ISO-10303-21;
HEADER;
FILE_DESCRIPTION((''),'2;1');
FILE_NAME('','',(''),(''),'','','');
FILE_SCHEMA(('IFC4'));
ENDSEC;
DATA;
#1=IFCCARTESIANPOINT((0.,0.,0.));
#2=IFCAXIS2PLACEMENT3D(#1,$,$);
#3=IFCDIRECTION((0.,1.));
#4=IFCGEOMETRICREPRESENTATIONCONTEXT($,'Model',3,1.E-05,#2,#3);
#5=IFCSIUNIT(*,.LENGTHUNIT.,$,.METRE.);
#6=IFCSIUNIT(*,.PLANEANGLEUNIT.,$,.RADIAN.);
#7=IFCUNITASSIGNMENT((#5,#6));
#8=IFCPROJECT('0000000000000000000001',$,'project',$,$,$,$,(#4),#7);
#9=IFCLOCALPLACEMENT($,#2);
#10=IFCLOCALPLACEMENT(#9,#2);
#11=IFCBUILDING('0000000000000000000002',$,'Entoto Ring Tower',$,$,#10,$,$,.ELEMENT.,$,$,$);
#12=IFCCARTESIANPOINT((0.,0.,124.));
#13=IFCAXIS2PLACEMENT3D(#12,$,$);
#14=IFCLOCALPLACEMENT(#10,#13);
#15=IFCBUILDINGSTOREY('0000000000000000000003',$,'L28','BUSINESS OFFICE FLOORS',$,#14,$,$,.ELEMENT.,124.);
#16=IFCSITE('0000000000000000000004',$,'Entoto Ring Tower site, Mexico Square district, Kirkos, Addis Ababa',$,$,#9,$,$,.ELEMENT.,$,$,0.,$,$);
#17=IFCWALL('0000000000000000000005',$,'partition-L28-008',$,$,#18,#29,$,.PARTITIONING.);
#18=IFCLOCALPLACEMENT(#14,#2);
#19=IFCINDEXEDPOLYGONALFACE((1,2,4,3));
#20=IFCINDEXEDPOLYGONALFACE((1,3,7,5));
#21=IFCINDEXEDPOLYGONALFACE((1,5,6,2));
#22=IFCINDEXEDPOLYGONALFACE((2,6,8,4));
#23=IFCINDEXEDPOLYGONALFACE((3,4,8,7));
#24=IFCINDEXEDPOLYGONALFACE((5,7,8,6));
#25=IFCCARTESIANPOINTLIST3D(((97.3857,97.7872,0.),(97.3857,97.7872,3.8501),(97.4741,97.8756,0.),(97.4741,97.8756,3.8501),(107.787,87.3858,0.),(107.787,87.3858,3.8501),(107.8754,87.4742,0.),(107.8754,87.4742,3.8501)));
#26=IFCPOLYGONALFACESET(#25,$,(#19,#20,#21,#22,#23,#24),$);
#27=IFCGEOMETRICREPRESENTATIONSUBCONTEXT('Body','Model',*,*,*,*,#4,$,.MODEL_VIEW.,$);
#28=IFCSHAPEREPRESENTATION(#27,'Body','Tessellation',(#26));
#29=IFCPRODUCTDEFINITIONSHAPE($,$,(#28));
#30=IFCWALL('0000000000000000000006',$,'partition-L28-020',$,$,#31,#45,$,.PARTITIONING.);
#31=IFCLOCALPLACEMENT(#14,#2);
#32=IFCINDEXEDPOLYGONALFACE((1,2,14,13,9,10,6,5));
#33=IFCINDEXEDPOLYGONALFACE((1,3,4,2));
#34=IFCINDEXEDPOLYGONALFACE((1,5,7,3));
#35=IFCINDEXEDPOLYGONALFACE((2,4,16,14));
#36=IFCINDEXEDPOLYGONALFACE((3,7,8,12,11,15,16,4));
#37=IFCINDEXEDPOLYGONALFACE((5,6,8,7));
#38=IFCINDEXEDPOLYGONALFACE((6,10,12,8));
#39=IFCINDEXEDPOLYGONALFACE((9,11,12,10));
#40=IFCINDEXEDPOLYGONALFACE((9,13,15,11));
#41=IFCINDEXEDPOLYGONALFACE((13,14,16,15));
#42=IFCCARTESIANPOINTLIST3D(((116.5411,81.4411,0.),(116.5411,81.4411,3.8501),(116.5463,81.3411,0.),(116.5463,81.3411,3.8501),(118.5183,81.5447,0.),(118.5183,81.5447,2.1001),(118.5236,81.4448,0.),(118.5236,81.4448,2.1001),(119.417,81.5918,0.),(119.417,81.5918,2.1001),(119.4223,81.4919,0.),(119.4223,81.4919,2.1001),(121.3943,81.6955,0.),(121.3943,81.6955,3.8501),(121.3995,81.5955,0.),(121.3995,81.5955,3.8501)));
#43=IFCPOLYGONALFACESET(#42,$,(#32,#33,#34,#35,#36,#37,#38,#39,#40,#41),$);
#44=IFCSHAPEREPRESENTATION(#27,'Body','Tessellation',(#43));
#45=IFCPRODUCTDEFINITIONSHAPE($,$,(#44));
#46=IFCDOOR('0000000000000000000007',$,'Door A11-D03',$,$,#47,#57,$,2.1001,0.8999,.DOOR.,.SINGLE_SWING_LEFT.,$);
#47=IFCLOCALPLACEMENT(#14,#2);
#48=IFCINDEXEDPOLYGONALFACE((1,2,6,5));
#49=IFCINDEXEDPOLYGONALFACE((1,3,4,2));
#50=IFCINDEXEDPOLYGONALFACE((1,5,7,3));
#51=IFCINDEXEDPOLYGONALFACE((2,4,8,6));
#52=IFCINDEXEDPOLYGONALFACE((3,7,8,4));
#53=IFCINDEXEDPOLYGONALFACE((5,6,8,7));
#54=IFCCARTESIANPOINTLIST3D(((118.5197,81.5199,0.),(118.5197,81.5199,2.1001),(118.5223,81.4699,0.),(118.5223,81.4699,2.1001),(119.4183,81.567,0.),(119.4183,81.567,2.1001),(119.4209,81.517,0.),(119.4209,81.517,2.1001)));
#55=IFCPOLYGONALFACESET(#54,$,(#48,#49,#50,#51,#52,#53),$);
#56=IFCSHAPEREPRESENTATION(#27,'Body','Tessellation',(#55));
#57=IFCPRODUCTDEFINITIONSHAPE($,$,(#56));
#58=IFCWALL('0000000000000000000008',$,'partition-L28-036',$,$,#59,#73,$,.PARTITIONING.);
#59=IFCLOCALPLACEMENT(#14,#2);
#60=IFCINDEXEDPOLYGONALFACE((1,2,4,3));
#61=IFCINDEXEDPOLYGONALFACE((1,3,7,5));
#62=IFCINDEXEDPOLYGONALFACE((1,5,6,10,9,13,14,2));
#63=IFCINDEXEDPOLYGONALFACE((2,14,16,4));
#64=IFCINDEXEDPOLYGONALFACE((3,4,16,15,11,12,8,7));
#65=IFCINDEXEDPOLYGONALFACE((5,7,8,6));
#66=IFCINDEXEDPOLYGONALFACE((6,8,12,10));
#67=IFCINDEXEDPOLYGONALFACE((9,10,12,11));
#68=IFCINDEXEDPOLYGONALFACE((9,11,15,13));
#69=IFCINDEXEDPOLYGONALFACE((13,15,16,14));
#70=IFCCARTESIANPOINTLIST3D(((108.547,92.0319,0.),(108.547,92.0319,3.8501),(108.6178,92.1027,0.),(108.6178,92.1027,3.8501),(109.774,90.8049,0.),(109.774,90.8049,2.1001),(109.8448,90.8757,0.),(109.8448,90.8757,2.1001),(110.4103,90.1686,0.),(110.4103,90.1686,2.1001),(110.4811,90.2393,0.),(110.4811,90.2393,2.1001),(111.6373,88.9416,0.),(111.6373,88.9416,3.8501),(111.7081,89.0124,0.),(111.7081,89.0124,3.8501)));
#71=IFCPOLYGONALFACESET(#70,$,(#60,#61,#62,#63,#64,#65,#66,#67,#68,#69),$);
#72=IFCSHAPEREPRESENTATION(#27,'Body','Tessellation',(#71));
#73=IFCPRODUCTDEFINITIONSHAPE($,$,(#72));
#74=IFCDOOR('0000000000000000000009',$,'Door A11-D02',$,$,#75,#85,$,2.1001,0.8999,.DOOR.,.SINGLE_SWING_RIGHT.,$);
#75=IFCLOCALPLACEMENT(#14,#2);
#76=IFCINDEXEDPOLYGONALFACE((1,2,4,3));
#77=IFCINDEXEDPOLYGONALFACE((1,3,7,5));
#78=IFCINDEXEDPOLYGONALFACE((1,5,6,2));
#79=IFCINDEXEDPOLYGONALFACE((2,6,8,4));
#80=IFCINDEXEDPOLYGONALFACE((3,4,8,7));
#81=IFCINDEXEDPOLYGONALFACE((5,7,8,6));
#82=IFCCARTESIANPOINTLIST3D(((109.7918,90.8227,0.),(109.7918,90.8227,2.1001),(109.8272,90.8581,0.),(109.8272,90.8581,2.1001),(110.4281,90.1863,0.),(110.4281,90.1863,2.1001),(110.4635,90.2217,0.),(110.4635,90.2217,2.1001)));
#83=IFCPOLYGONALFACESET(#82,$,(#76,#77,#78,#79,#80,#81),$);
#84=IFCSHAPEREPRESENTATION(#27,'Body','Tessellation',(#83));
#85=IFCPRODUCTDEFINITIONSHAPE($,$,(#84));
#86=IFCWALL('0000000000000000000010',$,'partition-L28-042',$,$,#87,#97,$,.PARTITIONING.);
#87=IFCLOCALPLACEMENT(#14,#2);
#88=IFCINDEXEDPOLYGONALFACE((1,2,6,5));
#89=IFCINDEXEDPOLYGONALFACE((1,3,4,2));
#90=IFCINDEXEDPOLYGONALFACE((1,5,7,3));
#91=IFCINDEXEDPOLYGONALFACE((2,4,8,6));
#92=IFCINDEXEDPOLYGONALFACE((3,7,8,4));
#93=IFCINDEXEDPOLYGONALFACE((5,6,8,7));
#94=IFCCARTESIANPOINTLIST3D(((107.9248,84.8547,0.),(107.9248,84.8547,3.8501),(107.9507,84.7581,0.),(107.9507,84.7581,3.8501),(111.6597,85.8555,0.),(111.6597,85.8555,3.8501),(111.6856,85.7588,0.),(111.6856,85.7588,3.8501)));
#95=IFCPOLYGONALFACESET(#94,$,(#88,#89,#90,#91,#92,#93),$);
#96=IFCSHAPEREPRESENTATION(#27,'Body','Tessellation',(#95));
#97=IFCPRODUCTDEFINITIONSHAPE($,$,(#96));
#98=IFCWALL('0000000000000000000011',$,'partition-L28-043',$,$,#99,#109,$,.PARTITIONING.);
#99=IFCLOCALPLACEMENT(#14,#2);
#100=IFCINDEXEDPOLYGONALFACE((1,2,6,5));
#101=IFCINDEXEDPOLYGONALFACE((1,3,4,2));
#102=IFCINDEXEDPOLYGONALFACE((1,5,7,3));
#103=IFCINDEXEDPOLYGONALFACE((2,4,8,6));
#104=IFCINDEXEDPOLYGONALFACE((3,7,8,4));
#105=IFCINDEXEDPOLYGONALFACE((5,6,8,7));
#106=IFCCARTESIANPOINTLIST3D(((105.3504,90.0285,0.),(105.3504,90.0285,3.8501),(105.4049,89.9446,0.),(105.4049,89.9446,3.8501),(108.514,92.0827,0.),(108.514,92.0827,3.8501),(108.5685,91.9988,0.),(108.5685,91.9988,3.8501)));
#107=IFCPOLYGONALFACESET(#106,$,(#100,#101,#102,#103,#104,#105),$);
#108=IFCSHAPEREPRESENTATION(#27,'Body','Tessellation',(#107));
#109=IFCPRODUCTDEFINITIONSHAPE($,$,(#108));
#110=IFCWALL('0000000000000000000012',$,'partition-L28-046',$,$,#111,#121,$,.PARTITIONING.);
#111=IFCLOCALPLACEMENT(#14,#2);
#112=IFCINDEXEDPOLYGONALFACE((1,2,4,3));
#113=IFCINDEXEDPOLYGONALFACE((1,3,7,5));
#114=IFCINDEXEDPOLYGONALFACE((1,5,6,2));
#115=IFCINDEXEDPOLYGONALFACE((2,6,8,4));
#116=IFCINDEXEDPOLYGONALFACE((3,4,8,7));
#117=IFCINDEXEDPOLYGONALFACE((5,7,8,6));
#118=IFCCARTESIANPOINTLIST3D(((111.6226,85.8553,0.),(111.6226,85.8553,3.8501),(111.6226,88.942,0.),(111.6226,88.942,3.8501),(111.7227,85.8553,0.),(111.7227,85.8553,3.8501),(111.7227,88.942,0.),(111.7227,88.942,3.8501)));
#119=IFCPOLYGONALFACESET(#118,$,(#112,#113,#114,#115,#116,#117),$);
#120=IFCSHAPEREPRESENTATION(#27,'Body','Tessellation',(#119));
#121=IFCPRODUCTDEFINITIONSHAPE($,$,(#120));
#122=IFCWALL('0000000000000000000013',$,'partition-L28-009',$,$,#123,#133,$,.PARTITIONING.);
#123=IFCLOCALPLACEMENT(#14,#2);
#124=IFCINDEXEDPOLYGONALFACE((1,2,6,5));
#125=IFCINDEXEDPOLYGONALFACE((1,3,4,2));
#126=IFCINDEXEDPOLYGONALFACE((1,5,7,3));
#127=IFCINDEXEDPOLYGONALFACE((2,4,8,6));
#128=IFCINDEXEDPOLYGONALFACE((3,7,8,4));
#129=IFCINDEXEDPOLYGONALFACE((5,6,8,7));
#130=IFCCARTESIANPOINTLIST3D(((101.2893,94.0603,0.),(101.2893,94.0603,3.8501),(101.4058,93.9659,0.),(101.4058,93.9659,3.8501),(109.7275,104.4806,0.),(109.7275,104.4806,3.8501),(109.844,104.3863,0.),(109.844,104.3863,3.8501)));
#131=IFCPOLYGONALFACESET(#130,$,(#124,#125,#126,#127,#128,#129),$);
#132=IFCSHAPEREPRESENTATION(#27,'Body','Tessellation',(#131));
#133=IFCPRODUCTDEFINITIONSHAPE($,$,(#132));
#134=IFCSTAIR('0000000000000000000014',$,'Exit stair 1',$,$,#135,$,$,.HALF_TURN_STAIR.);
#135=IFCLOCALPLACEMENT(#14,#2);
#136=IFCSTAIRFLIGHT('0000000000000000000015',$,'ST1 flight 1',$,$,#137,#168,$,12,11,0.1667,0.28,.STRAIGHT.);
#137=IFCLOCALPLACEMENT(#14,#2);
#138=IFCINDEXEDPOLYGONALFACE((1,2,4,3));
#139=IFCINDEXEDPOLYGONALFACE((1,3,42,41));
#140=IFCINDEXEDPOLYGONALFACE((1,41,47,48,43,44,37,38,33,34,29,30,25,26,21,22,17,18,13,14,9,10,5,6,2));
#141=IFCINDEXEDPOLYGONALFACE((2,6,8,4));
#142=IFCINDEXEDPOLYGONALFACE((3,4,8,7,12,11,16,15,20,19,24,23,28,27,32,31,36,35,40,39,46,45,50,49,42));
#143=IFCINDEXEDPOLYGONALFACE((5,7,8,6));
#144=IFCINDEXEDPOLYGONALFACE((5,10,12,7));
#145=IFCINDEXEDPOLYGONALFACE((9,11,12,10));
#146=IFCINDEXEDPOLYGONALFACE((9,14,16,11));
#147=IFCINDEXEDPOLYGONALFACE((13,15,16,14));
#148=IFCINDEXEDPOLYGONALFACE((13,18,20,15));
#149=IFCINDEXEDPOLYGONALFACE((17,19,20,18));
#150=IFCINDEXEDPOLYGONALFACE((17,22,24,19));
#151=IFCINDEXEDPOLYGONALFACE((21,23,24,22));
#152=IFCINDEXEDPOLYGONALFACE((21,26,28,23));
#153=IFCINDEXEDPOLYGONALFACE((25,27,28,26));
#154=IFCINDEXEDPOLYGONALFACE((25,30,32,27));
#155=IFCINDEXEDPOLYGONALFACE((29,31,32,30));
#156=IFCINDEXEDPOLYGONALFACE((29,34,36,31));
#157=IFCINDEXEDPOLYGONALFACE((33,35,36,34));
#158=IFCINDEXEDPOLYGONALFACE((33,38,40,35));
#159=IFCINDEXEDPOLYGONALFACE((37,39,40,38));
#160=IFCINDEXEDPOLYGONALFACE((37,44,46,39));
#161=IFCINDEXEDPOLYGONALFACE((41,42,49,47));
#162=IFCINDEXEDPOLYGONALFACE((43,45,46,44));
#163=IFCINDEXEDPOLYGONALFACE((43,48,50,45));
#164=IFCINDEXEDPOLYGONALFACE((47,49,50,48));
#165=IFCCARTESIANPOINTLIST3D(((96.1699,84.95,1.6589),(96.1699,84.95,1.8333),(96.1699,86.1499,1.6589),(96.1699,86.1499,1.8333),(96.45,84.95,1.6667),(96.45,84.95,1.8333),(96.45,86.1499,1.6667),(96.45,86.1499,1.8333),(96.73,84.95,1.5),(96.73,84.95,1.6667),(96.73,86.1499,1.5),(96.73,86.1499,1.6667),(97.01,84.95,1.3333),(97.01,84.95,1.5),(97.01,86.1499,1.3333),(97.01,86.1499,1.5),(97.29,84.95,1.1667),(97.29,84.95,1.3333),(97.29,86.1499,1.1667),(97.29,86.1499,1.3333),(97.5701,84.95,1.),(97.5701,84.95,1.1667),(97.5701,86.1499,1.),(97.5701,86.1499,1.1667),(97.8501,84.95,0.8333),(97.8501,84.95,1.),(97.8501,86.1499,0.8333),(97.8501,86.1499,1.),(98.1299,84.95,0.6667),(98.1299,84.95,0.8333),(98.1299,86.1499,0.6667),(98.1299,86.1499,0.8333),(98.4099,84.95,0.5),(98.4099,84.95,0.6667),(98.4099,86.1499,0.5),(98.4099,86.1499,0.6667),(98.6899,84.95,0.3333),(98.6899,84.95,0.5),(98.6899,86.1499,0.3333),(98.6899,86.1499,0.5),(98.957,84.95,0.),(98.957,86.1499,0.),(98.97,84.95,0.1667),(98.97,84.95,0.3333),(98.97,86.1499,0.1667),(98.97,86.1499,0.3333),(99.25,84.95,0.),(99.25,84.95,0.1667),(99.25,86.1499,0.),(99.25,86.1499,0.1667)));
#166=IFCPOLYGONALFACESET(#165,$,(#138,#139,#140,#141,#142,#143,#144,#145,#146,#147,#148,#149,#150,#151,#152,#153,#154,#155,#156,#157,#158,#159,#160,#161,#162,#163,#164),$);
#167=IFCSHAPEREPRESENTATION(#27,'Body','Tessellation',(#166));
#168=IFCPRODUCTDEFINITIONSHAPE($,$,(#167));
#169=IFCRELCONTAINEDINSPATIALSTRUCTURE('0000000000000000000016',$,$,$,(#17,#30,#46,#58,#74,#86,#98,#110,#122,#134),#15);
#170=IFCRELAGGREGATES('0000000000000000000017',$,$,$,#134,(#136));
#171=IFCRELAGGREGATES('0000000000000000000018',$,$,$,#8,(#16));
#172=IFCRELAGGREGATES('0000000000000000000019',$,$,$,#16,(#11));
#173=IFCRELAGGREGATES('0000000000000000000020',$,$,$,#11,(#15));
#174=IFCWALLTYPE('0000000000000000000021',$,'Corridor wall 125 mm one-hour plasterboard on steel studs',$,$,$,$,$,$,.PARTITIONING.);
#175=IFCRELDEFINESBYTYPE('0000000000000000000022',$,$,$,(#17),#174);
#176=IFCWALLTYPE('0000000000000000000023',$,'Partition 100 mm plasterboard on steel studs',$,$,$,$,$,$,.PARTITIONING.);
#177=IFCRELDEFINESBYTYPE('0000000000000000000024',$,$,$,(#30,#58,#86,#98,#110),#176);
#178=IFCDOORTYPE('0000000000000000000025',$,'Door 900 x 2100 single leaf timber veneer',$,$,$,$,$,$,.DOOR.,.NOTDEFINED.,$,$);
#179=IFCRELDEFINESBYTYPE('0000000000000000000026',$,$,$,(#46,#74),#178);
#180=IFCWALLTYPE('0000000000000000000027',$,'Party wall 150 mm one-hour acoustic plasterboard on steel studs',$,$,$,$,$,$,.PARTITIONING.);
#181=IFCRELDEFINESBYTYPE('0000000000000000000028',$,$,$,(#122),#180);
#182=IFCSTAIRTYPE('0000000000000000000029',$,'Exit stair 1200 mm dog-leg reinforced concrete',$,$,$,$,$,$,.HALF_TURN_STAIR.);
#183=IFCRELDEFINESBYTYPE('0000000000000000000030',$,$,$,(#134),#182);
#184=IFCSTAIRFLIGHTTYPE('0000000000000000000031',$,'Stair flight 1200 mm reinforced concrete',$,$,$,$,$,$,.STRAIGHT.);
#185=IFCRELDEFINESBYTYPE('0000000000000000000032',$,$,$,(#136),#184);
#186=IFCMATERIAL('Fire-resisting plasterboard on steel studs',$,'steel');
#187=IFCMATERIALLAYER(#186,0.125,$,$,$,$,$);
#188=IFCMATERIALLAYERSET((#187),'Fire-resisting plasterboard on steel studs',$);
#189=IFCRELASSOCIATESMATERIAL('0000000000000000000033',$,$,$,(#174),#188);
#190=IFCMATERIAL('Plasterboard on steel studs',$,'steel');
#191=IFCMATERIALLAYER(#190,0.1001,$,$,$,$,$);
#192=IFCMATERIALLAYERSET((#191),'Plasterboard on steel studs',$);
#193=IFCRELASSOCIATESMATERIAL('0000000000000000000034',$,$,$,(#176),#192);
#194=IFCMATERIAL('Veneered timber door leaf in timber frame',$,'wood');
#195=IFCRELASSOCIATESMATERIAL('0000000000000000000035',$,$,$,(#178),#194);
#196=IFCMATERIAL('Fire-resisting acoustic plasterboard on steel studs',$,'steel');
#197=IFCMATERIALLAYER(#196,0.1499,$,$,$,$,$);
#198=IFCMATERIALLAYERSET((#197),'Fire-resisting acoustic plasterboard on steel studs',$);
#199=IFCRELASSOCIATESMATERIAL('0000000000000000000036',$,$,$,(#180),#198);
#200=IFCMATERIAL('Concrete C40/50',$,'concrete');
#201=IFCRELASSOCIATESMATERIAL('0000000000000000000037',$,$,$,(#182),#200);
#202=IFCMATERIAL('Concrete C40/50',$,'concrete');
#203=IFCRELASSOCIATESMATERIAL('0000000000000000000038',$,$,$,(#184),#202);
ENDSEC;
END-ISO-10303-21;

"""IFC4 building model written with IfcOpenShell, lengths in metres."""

from ifc_helpers import new_model, si_unit, direction, frame, frame_2d, origin, place, context, subcontext, project, spatial, polyline, rectangle, outline, extrude, material, layer, layer_set, type_object, element, fill, aggregate, save


model = new_model("IFC4")

# Units and contexts
model_context = context("Model", 3, precision=1e-05, world=origin(), true_north=direction((0.0, 1.0)))
body_context = subcontext(model_context, "Body", "Model", "MODEL_VIEW")
ifc_project = project(units=[si_unit("LENGTHUNIT", "METRE"), si_unit("PLANEANGLEUNIT", "RADIAN")], contexts=[model_context])

# Site, building, storey
site_placement = place(None, origin())
site = spatial("IfcSite", under=ifc_project, at=site_placement, Name="Entoto Ring Tower site, Mexico Square district, Kirkos, Addis Ababa", CompositionType="ELEMENT", RefElevation=0.0)
building_placement = place(site_placement, origin())
building = spatial("IfcBuilding", under=site, at=building_placement, Name="Entoto Ring Tower", CompositionType="ELEMENT")
storey_placement = place(building_placement, frame((0.0, 0.0, 124.0)))
storey = spatial("IfcBuildingStorey", under=building, at=storey_placement, Name="L28", Description="BUSINESS OFFICE FLOORS", CompositionType="ELEMENT", Elevation=124.0)

# Wall
ifc_material_1 = material(Name="Fire-resisting plasterboard on steel studs", Category="steel")
ifc_layer_1 = layer(ifc_material_1, 0.125)
ifc_layer_set_1 = layer_set([ifc_layer_1], Name="Fire-resisting plasterboard on steel studs")
wall_type_1 = type_object("IfcWallType", Name="Corridor wall 125 mm one-hour plasterboard on steel studs", PredefinedType="PARTITIONING", material=ifc_layer_set_1)
wall_1_placement = place(storey_placement, frame((107.8313, 87.4299, 0.0), z_axis=(0.0, 0.0, 1.0), x_axis=(-0.707107, 0.707107, 0.0)))
element("IfcWall", 1, at=wall_1_placement, inside=storey, type_object=wall_type_1, Name="partition-L28-008", PredefinedType="PARTITIONING", context=body_context, shape_type="SweptSolid", body=[
    extrude(rectangle(XDim=14.7097, YDim=0.125, at=frame_2d((7.355, 0.0))), origin(), (0.0, 0.0, 1.0), 3.8501),
])

# Walls, openings, doors
ifc_material_2 = material(Name="Plasterboard on steel studs", Category="steel")
ifc_layer_2 = layer(ifc_material_2, 0.1001)
ifc_layer_set_2 = layer_set([ifc_layer_2], Name="Plasterboard on steel studs")
wall_type_2 = type_object("IfcWallType", Name="Partition 100 mm plasterboard on steel studs", PredefinedType="PARTITIONING", material=ifc_layer_set_2)
wall_2_placement = place(storey_placement, frame((116.5437, 81.3911, 0.0), z_axis=(0.0, 0.0, 1.0), x_axis=(0.998629, 0.052345, 0.0)))
wall_2 = element("IfcWall", 2, at=wall_2_placement, inside=storey, type_object=wall_type_2, Name="partition-L28-020", PredefinedType="PARTITIONING", context=body_context, shape_type="SweptSolid", body=[
    extrude(rectangle(XDim=4.8599, YDim=0.1001, at=frame_2d((2.4299, 0.0))), origin(), (0.0, 0.0, 1.0), 3.8501),
])
opening_1_placement = place(wall_2_placement, frame((1.98, 0.0, 0.0)))
opening_1 = element("IfcOpeningElement", 3, at=opening_1_placement, cuts=wall_2, PredefinedType="OPENING", context=body_context, shape_type="SweptSolid", body=[
    extrude(rectangle(XDim=0.8999, YDim=2.1001, at=frame_2d((0.45, 1.05))), frame((0.0, 0.0601, 0.0), z_axis=(0.0, -1.0, 0.0), x_axis=(1.0, 0.0, 0.0)), (0.0, 0.0, 1.0), 0.1201),
])
ifc_material_3 = material(Name="Veneered timber door leaf in timber frame", Category="wood")
door_type_1 = type_object("IfcDoorType", Name="Door 900 x 2100 single leaf timber veneer", OperationType="NOTDEFINED", PredefinedType="DOOR", material=ifc_material_3)
door_1_placement = place(opening_1_placement, frame((0.8999, 0.0, 0.0), z_axis=(0.0, 0.0, 1.0), x_axis=(-1.0, 0.0, 0.0)))
door_1 = element("IfcDoor", 4, at=door_1_placement, inside=storey, type_object=door_type_1, Name="Door A11-D03", OperationType="SINGLE_SWING_LEFT", OverallHeight=2.1001, OverallWidth=0.8999, PredefinedType="DOOR", context=body_context, shape_type="SweptSolid", body=[
    extrude(rectangle(XDim=0.8999, YDim=2.1001, at=frame_2d((0.45, 1.05))), frame((0.0, 0.0249, 0.0), z_axis=(0.0, -1.0, 0.0), x_axis=(1.0, 0.0, 0.0)), (0.0, 0.0, 1.0), 0.05),
])
fill(opening_1, door_1)
wall_3_placement = place(storey_placement, frame((111.6726, 88.9771, 0.0), z_axis=(0.0, 0.0, 1.0), x_axis=(-0.707107, 0.707107, 0.0)))
wall_3 = element("IfcWall", 5, at=wall_3_placement, inside=storey, type_object=wall_type_2, Name="partition-L28-036", PredefinedType="PARTITIONING", context=body_context, shape_type="SweptSolid", body=[
    extrude(rectangle(XDim=4.3704, YDim=0.1001, at=frame_2d((2.1851, 0.0))), origin(), (0.0, 0.0, 1.0), 3.8501),
])
opening_2_placement = place(wall_3_placement, frame((1.7351, 0.0, 0.0)))
opening_2 = element("IfcOpeningElement", 6, at=opening_2_placement, cuts=wall_3, PredefinedType="OPENING", context=body_context, shape_type="SweptSolid", body=[
    extrude(rectangle(XDim=0.8999, YDim=2.1001, at=frame_2d((0.45, 1.05))), frame((0.0, 0.0601, 0.0), z_axis=(0.0, -1.0, 0.0), x_axis=(1.0, 0.0, 0.0)), (0.0, 0.0, 1.0), 0.1201),
])
door_2_placement = place(opening_2_placement, origin())
door_2 = element("IfcDoor", 7, at=door_2_placement, inside=storey, type_object=door_type_1, Name="Door A11-D02", OperationType="SINGLE_SWING_RIGHT", OverallHeight=2.1001, OverallWidth=0.8999, PredefinedType="DOOR", context=body_context, shape_type="SweptSolid", body=[
    extrude(rectangle(XDim=0.8999, YDim=2.1001, at=frame_2d((0.45, 1.05))), frame((0.0, 0.0249, 0.0), z_axis=(0.0, -1.0, 0.0), x_axis=(1.0, 0.0, 0.0)), (0.0, 0.0, 1.0), 0.05),
])
fill(opening_2, door_2)

# Walls
wall_4_placement = place(storey_placement, frame((107.9377, 84.8064, 0.0), z_axis=(0.0, 0.0, 1.0), x_axis=(0.965927, 0.258814, 0.0)))
element("IfcWall", 8, at=wall_4_placement, inside=storey, type_object=wall_type_2, Name="partition-L28-042", PredefinedType="PARTITIONING", context=body_context, shape_type="SweptSolid", body=[
    extrude(rectangle(XDim=3.8667, YDim=0.1001, at=frame_2d((1.9333, 0.0))), origin(), (0.0, 0.0, 1.0), 3.8501),
])
wall_5_placement = place(storey_placement, frame((105.3777, 89.9866, 0.0), z_axis=(0.0, 0.0, 1.0), x_axis=(0.838701, 0.544592, 0.0)))
element("IfcWall", 9, at=wall_5_placement, inside=storey, type_object=wall_type_2, Name="partition-L28-043", PredefinedType="PARTITIONING", context=body_context, shape_type="SweptSolid", body=[
    extrude(rectangle(XDim=3.772, YDim=0.1001, at=frame_2d((1.886, 0.0))), origin(), (0.0, 0.0, 1.0), 3.8501),
])
wall_6_placement = place(storey_placement, frame((111.6726, 85.8552, 0.0), z_axis=(0.0, 0.0, 1.0), x_axis=(0.0, 1.0, 0.0)))
element("IfcWall", 10, at=wall_6_placement, inside=storey, type_object=wall_type_2, Name="partition-L28-046", PredefinedType="PARTITIONING", context=body_context, shape_type="SweptSolid", body=[
    extrude(rectangle(XDim=3.0867, YDim=0.1001, at=frame_2d((1.5435, 0.0))), origin(), (0.0, 0.0, 1.0), 3.8501),
])
ifc_material_4 = material(Name="Fire-resisting acoustic plasterboard on steel studs", Category="steel")
ifc_layer_3 = layer(ifc_material_4, 0.1499)
ifc_layer_set_3 = layer_set([ifc_layer_3], Name="Fire-resisting acoustic plasterboard on steel studs")
wall_type_3 = type_object("IfcWallType", Name="Party wall 150 mm one-hour acoustic plasterboard on steel studs", PredefinedType="PARTITIONING", material=ifc_layer_set_3)
wall_7_placement = place(storey_placement, frame((101.3477, 94.0132, 0.0), z_axis=(0.0, 0.0, 1.0), x_axis=(0.629318, 0.777148, 0.0)))
element("IfcWall", 11, at=wall_7_placement, inside=storey, type_object=wall_type_3, Name="partition-L28-009", PredefinedType="PARTITIONING", context=body_context, shape_type="SweptSolid", body=[
    extrude(rectangle(XDim=13.4084, YDim=0.1499, at=frame_2d((6.7041, 0.0))), origin(), (0.0, 0.0, 1.0), 3.8501),
])

# Stair, stair flight
ifc_material_5 = material(Name="Concrete C40/50", Category="concrete")
stair_type = type_object("IfcStairType", Name="Exit stair 1200 mm dog-leg reinforced concrete", PredefinedType="HALF_TURN_STAIR", material=ifc_material_5)
stair_placement = place(storey_placement, origin())
stair = element("IfcStair", 12, at=stair_placement, inside=storey, type_object=stair_type, Name="Exit stair 1", PredefinedType="HALF_TURN_STAIR")
ifc_material_6 = material(Name="Concrete C40/50", Category="concrete")
stair_flight_type = type_object("IfcStairFlightType", Name="Stair flight 1200 mm reinforced concrete", PredefinedType="STRAIGHT", material=ifc_material_6)
stair_flight_placement = place(storey_placement, frame((99.25, 85.55, 0.0), z_axis=(0.0, 0.0, 1.0), x_axis=(-1.0, 0.0, 0.0)))
stair_flight = element("IfcStairFlight", 13, at=stair_flight_placement, type_object=stair_flight_type, Name="ST1 flight 1", NumberOfRisers=12, NumberOfTreads=11, PredefinedType="STRAIGHT", RiserHeight=0.1667, TreadLength=0.28, context=body_context, shape_type="SweptSolid", body=[
    extrude(outline(polyline([(0.0, 0.0), (0.0, 0.1667), (0.28, 0.1667), (0.28, 0.3333), (0.5601, 0.3333), (0.5601, 0.5), (0.8401, 0.5), (0.8401, 0.6667), (1.1201, 0.6667), (1.1201, 0.8333), (1.3999, 0.8333), (1.3999, 1.0), (1.6799, 1.0), (1.6799, 1.1667), (1.96, 1.1667), (1.96, 1.3333), (2.24, 1.3333), (2.24, 1.5), (2.52, 1.5), (2.52, 1.6667), (2.8, 1.6667), (2.8, 1.8333), (3.0801, 1.8333), (3.0801, 2.0), (3.0801, 1.6589), (0.293, 0.0), (0.0, 0.0)])), frame((0.0, 0.6001, 0.0), z_axis=(0.0, -1.0, 0.0), x_axis=(1.0, 0.0, 0.0)), (0.0, 0.0, 1.0), 1.2),
])
aggregate(stair, [stair_flight])

save(model, "model.ifc")
